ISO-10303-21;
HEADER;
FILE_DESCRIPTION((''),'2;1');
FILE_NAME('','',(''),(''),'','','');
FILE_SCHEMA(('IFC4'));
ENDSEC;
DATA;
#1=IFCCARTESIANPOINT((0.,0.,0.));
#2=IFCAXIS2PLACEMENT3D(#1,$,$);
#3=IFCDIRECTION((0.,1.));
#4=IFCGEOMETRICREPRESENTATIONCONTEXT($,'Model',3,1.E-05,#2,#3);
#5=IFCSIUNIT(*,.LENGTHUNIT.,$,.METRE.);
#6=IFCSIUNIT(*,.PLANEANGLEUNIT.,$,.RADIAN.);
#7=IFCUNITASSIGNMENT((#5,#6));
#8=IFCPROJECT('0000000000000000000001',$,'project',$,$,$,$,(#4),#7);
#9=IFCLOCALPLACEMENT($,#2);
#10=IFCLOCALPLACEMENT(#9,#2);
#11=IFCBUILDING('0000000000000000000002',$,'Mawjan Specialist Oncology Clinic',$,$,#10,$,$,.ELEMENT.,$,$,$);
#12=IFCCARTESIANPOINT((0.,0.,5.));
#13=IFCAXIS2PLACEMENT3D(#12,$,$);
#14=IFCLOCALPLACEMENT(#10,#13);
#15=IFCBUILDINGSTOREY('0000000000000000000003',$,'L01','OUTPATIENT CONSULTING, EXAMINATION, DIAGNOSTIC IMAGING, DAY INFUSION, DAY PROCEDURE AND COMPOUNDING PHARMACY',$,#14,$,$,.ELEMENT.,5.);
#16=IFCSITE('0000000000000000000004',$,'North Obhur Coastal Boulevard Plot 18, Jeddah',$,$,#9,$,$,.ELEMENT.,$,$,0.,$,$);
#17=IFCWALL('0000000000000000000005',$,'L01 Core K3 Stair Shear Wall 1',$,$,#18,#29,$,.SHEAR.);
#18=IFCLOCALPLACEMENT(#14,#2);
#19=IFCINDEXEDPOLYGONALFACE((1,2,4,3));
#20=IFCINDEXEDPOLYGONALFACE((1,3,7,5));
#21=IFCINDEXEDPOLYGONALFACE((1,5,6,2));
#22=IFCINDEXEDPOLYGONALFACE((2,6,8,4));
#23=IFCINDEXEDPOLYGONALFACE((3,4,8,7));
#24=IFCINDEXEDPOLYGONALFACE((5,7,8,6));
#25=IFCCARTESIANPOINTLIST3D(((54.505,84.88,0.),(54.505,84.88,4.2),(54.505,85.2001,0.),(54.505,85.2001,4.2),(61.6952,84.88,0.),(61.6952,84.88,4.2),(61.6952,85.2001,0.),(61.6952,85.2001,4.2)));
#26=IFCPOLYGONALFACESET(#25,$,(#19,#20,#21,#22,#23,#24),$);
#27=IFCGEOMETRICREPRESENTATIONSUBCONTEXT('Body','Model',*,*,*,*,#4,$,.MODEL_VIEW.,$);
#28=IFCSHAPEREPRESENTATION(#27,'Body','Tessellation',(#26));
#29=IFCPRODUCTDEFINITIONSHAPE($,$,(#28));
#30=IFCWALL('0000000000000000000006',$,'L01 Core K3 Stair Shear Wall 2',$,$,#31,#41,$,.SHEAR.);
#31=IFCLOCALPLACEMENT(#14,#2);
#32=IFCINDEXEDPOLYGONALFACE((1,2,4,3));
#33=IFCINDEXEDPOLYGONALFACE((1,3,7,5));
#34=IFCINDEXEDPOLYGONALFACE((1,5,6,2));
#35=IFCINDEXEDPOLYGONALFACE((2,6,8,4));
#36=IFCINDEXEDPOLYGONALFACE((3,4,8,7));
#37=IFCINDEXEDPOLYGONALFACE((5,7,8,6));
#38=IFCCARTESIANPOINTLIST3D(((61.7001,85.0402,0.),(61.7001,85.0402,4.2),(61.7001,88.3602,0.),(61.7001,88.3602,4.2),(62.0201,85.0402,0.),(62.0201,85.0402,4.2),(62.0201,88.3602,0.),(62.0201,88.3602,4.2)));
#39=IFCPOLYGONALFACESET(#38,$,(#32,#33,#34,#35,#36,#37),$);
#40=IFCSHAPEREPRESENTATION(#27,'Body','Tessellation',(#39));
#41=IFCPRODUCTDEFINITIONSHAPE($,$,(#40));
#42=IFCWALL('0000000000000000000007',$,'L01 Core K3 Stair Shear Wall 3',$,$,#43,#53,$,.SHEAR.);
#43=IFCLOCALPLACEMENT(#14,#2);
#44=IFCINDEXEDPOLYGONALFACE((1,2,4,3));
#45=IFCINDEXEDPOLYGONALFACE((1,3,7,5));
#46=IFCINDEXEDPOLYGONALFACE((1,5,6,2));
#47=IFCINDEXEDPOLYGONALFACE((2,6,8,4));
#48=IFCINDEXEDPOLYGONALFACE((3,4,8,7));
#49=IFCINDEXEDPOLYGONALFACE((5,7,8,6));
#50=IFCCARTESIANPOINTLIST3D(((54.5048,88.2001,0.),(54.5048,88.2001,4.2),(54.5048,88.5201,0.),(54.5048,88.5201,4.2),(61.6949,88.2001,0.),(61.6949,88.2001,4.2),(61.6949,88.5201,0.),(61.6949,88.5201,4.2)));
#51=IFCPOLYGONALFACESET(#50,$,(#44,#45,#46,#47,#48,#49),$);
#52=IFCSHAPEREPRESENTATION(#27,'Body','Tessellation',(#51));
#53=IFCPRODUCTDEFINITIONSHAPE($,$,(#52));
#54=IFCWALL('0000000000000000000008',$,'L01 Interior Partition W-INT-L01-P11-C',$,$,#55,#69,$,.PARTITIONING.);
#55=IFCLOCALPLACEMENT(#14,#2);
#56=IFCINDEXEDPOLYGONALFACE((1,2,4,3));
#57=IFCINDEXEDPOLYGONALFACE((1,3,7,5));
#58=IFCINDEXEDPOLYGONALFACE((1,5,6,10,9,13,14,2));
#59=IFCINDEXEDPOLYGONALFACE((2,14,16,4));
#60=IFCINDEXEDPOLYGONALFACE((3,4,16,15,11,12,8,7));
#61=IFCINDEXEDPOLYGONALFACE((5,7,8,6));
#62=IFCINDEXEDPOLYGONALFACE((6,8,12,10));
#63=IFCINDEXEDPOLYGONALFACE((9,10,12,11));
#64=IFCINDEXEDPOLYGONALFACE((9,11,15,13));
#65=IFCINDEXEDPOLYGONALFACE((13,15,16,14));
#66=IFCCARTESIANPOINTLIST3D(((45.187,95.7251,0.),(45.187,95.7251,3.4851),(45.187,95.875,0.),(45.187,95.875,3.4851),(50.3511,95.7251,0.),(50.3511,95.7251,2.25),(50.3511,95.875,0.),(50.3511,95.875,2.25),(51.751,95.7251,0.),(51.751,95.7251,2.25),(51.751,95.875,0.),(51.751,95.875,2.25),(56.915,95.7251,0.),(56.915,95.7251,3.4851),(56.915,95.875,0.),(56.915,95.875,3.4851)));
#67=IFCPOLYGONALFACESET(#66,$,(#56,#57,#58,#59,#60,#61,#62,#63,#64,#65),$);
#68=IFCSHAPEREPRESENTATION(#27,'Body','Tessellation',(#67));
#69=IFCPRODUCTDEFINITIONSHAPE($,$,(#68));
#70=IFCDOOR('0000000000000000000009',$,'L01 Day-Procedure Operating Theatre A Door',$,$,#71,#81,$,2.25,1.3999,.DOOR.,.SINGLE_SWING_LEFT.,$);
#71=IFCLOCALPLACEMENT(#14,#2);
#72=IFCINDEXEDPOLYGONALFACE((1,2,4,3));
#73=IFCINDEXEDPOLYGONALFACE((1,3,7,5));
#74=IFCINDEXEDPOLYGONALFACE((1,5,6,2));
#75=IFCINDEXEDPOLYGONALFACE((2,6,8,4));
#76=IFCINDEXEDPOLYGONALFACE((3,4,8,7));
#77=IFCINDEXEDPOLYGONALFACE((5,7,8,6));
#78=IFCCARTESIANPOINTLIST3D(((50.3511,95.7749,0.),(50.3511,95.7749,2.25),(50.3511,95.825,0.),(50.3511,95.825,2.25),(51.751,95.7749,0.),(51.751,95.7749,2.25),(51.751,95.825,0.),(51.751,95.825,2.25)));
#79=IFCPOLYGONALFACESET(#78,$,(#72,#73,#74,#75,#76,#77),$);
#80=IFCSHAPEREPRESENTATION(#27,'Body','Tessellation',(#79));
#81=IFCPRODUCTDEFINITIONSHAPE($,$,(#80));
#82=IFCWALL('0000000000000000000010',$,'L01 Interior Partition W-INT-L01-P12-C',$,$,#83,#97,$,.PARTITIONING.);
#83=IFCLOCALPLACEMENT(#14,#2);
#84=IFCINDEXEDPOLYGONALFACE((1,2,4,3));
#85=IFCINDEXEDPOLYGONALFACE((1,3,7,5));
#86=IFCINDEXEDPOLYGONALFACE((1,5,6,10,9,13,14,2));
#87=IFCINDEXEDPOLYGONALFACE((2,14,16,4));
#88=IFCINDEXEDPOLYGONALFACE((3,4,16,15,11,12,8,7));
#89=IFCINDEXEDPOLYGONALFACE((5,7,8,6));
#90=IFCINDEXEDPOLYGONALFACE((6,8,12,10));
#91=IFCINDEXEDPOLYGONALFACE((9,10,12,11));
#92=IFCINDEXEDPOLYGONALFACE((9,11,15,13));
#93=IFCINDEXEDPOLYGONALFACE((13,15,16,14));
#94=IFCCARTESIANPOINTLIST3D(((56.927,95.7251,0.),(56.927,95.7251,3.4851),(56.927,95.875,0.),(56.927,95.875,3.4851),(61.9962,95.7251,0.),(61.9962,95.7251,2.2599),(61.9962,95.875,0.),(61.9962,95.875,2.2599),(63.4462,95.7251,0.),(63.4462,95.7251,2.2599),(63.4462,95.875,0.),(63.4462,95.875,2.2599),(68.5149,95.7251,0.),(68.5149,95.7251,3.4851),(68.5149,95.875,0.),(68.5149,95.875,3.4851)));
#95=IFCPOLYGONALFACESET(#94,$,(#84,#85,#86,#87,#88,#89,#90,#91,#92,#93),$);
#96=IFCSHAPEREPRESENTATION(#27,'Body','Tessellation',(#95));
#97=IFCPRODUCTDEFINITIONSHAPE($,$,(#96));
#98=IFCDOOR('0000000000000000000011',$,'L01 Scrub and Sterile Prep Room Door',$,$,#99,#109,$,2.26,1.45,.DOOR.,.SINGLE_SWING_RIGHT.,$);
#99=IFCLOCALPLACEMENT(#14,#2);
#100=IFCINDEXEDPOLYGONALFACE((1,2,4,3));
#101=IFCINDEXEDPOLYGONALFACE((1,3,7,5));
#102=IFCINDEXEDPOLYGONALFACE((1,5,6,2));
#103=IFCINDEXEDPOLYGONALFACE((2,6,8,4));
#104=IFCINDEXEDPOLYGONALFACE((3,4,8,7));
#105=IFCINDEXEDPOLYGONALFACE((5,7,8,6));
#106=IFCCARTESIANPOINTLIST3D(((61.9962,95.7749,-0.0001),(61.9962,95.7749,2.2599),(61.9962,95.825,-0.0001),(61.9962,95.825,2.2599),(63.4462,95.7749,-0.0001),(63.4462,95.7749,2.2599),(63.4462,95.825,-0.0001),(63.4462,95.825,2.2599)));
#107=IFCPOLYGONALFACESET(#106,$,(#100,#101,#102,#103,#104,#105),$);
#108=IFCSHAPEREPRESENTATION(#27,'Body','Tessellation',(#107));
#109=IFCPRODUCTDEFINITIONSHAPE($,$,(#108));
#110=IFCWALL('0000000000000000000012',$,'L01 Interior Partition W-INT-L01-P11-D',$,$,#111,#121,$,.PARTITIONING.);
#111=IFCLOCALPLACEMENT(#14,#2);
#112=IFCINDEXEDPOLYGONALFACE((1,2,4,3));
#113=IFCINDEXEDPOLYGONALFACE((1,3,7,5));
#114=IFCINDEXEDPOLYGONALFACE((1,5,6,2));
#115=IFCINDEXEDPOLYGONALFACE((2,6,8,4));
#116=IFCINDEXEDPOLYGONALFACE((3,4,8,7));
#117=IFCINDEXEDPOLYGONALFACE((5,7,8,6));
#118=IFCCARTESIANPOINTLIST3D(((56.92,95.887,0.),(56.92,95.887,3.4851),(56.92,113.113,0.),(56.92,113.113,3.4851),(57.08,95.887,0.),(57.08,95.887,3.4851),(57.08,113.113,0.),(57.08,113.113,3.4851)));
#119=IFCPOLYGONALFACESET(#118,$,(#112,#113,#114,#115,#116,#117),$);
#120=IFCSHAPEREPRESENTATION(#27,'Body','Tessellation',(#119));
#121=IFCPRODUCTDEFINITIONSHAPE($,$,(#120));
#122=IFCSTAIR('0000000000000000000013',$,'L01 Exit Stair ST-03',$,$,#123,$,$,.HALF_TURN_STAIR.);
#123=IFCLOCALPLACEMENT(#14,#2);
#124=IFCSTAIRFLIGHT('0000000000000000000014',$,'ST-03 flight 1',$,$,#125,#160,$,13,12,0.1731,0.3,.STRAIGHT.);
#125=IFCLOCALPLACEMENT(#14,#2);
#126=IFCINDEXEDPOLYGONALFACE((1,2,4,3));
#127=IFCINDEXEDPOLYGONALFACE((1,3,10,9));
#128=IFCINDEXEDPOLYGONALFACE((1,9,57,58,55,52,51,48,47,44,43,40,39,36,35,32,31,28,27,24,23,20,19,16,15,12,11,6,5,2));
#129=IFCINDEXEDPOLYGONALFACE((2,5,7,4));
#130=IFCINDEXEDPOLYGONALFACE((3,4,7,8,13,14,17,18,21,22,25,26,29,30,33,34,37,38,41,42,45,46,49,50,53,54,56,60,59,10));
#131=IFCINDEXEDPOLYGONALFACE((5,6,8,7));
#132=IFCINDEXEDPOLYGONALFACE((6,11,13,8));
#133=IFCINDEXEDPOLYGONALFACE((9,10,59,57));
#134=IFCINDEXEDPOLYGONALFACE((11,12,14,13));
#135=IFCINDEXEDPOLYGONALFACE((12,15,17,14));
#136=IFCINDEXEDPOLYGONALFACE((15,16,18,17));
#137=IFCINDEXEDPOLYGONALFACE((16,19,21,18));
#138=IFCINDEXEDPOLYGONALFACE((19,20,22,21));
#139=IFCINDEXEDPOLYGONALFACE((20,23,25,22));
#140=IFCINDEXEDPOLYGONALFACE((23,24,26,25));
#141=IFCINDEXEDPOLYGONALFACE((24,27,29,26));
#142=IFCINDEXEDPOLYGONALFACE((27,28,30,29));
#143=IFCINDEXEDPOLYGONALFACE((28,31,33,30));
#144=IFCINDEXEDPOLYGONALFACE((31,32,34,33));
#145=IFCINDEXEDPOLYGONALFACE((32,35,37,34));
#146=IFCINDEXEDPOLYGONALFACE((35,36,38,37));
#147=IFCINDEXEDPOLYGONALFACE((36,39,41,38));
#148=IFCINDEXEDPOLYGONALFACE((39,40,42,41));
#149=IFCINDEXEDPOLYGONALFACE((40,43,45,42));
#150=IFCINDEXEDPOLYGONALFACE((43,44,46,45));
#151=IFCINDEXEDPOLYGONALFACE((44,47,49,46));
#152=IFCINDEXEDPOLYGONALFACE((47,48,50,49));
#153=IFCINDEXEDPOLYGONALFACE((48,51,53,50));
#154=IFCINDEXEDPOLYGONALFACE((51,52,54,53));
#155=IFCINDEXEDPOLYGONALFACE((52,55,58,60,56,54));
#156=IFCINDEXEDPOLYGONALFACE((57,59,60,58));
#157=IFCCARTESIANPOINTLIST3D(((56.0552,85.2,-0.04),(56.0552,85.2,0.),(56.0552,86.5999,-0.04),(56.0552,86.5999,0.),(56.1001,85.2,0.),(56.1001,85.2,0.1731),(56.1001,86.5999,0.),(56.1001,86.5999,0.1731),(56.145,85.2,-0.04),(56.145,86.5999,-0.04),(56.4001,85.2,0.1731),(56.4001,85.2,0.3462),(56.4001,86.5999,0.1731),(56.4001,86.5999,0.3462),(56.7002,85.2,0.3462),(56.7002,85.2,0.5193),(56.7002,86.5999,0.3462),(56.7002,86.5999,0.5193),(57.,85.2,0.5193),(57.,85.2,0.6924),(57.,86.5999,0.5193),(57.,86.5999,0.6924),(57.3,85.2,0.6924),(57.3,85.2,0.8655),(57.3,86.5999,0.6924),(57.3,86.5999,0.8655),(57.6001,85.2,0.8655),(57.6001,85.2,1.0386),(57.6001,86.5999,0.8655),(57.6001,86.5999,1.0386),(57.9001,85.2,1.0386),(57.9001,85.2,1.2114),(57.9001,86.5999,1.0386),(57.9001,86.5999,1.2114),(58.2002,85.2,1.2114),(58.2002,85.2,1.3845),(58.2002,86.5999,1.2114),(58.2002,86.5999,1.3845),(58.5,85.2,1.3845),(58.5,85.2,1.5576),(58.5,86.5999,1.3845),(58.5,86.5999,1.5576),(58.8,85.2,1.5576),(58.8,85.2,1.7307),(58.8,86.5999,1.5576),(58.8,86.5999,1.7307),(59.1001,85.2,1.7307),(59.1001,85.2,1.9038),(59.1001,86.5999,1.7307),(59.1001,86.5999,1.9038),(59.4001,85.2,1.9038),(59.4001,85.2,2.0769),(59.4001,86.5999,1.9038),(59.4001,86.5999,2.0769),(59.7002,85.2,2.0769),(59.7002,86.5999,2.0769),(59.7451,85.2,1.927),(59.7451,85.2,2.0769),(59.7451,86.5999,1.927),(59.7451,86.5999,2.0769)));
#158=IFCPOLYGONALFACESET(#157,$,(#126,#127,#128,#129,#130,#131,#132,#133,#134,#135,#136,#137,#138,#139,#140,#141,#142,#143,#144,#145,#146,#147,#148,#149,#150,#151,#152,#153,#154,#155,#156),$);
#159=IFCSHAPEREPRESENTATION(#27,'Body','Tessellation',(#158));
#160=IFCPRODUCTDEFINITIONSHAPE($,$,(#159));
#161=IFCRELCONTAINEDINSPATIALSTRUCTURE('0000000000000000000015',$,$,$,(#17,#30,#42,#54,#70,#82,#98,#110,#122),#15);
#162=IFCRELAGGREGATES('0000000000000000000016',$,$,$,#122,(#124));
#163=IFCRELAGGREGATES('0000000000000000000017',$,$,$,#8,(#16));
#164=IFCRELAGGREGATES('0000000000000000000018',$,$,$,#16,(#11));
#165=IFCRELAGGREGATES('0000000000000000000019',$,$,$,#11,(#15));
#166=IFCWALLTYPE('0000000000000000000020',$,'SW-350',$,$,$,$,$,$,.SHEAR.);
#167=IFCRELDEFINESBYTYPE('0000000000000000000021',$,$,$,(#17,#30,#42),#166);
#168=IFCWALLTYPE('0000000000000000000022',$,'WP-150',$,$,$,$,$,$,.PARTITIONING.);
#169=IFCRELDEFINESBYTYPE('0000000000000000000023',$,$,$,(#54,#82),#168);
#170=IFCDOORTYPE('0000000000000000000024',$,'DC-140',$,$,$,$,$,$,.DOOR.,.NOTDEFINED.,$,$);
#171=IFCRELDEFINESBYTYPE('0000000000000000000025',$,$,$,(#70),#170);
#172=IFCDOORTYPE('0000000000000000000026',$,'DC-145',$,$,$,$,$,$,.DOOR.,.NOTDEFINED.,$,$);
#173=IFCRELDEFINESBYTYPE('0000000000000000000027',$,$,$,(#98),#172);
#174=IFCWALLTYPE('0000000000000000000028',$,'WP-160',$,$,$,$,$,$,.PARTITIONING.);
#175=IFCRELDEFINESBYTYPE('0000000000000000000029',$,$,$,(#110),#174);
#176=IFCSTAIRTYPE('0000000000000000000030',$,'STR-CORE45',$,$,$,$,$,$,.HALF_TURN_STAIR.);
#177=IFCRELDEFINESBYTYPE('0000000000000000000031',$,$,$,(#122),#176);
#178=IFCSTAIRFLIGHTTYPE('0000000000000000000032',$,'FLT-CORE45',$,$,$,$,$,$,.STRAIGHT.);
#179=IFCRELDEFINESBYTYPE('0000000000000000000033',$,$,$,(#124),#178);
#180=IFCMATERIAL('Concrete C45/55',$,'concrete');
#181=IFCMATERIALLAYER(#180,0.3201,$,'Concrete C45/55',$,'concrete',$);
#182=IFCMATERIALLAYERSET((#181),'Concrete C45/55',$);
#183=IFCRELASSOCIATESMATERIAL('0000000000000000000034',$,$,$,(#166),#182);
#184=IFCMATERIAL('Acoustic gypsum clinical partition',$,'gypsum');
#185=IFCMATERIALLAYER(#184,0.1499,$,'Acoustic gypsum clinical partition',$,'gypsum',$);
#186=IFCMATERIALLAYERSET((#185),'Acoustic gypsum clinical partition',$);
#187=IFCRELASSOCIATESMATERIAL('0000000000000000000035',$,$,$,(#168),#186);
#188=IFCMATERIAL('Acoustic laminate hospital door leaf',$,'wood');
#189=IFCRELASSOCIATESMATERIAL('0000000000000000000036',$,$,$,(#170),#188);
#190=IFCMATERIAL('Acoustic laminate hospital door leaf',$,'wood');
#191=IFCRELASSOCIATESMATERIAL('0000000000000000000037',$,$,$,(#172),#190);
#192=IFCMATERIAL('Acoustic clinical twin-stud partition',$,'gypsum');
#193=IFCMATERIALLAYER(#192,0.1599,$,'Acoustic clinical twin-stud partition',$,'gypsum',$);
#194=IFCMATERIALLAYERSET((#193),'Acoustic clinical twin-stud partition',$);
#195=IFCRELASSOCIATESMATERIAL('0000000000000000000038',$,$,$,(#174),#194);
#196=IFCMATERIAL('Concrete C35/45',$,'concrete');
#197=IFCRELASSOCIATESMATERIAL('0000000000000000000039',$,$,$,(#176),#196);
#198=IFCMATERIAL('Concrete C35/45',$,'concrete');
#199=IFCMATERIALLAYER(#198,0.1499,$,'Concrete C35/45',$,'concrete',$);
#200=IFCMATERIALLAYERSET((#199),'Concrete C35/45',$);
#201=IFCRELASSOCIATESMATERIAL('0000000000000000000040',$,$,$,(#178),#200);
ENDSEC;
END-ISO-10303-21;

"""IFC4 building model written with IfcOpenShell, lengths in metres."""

from ifc_helpers import new_model, si_unit, direction, frame, frame_2d, origin, place, context, subcontext, project, spatial, polyline, rectangle, outline, extrude, material, layer, layer_set, type_object, element, fill, aggregate, save


model = new_model("IFC4")

# Units and contexts
model_context = context("Model", 3, precision=1e-05, world=origin(), true_north=direction((0.0, 1.0)))
body_context = subcontext(model_context, "Body", "Model", "MODEL_VIEW")
ifc_project = project(units=[si_unit("LENGTHUNIT", "METRE"), si_unit("PLANEANGLEUNIT", "RADIAN")], contexts=[model_context])

# Site, building, storey
site_placement = place(None, origin())
site = spatial("IfcSite", under=ifc_project, at=site_placement, Name="North Obhur Coastal Boulevard Plot 18, Jeddah", CompositionType="ELEMENT", RefElevation=0.0)
building_placement = place(site_placement, origin())
building = spatial("IfcBuilding", under=site, at=building_placement, Name="Mawjan Specialist Oncology Clinic", CompositionType="ELEMENT")
storey_placement = place(building_placement, frame((0.0, 0.0, 5.0)))
storey = spatial("IfcBuildingStorey", under=building, at=storey_placement, Name="L01", Description="OUTPATIENT CONSULTING, EXAMINATION, DIAGNOSTIC IMAGING, DAY INFUSION, DAY PROCEDURE AND COMPOUNDING PHARMACY", CompositionType="ELEMENT", Elevation=5.0)

# Walls
ifc_material_1 = material(Name="Concrete C45/55", Category="concrete")
ifc_layer_1 = layer(ifc_material_1, 0.3201, Name="Concrete C45/55", Category="concrete")
ifc_layer_set_1 = layer_set([ifc_layer_1], Name="Concrete C45/55")
wall_type_1 = type_object("IfcWallType", Name="SW-350", PredefinedType="SHEAR", material=ifc_layer_set_1)
wall_1_placement = place(storey_placement, frame((54.5049, 85.04, 0.0), z_axis=(0.0, 0.0, 1.0), x_axis=(1.0, 0.0, 0.0)))
element("IfcWall", 1, at=wall_1_placement, inside=storey, type_object=wall_type_1, Name="L01 Core K3 Stair Shear Wall 1", PredefinedType="SHEAR", context=body_context, shape_type="SweptSolid", body=[
    extrude(rectangle(XDim=7.1902, YDim=0.3201, at=frame_2d((3.5952, 0.0))), origin(), (0.0, 0.0, 1.0), 4.2),
])
wall_2_placement = place(storey_placement, frame((61.8601, 85.04, 0.0), z_axis=(0.0, 0.0, 1.0), x_axis=(0.0, 1.0, 0.0)))
element("IfcWall", 2, at=wall_2_placement, inside=storey, type_object=wall_type_1, Name="L01 Core K3 Stair Shear Wall 2", PredefinedType="SHEAR", context=body_context, shape_type="SweptSolid", body=[
    extrude(rectangle(XDim=3.3201, YDim=0.3201, at=frame_2d((1.6602, 0.0))), origin(), (0.0, 0.0, 1.0), 4.2),
])
wall_3_placement = place(storey_placement, frame((61.6951, 88.3601, 0.0), z_axis=(0.0, 0.0, 1.0), x_axis=(-1.0, 0.0, 0.0)))
element("IfcWall", 3, at=wall_3_placement, inside=storey, type_object=wall_type_1, Name="L01 Core K3 Stair Shear Wall 3", PredefinedType="SHEAR", context=body_context, shape_type="SweptSolid", body=[
    extrude(rectangle(XDim=7.1902, YDim=0.3201, at=frame_2d((3.5952, 0.0))), origin(), (0.0, 0.0, 1.0), 4.2),
])

# Walls, openings, doors
ifc_material_2 = material(Name="Acoustic gypsum clinical partition", Category="gypsum")
ifc_layer_2 = layer(ifc_material_2, 0.1499, Name="Acoustic gypsum clinical partition", Category="gypsum")
ifc_layer_set_2 = layer_set([ifc_layer_2], Name="Acoustic gypsum clinical partition")
wall_type_2 = type_object("IfcWallType", Name="WP-150", PredefinedType="PARTITIONING", material=ifc_layer_set_2)
wall_4_placement = place(storey_placement, frame((45.187, 95.8, 0.0), z_axis=(0.0, 0.0, 1.0), x_axis=(1.0, 0.0, 0.0)))
wall_4 = element("IfcWall", 4, at=wall_4_placement, inside=storey, type_object=wall_type_2, Name="L01 Interior Partition W-INT-L01-P11-C", PredefinedType="PARTITIONING", context=body_context, shape_type="SweptSolid", body=[
    extrude(rectangle(XDim=11.728, YDim=0.1499, at=frame_2d((5.864, 0.0))), origin(), (0.0, 0.0, 1.0), 3.4851),
])
opening_1_placement = place(wall_4_placement, frame((5.1641, 0.0, 0.0)))
opening_1 = element("IfcOpeningElement", 5, at=opening_1_placement, cuts=wall_4, PredefinedType="OPENING", context=body_context, shape_type="SweptSolid", body=[
    extrude(rectangle(XDim=1.3999, YDim=2.25, at=frame_2d((0.7, 1.125))), frame((0.0, 0.0869, 0.0), z_axis=(0.0, -1.0, 0.0), x_axis=(1.0, 0.0, 0.0)), (0.0, 0.0, 1.0), 0.1738),
])
ifc_material_3 = material(Name="Acoustic laminate hospital door leaf", Category="wood")
door_type_1 = type_object("IfcDoorType", Name="DC-140", OperationType="NOTDEFINED", PredefinedType="DOOR", material=ifc_material_3)
door_1_placement = place(opening_1_placement, origin())
door_1 = element("IfcDoor", 6, at=door_1_placement, inside=storey, type_object=door_type_1, Name="L01 Day-Procedure Operating Theatre A Door", OperationType="SINGLE_SWING_LEFT", OverallHeight=2.25, OverallWidth=1.3999, PredefinedType="DOOR", context=body_context, shape_type="SweptSolid", body=[
    extrude(rectangle(XDim=1.3999, YDim=2.25, at=frame_2d((0.7, 1.125))), frame((0.0, 0.0249, 0.0), z_axis=(0.0, -1.0, 0.0), x_axis=(1.0, 0.0, 0.0)), (0.0, 0.0, 1.0), 0.05),
])
fill(opening_1, door_1)
wall_5_placement = place(storey_placement, frame((56.927, 95.8, 0.0), z_axis=(0.0, 0.0, 1.0), x_axis=(1.0, 0.0, 0.0)))
wall_5 = element("IfcWall", 7, at=wall_5_placement, inside=storey, type_object=wall_type_2, Name="L01 Interior Partition W-INT-L01-P12-C", PredefinedType="PARTITIONING", context=body_context, shape_type="SweptSolid", body=[
    extrude(rectangle(XDim=11.5879, YDim=0.1499, at=frame_2d((5.7939, 0.0))), origin(), (0.0, 0.0, 1.0), 3.4851),
])
opening_2_placement = place(wall_5_placement, frame((5.0691, 0.0, 0.0)))
opening_2 = element("IfcOpeningElement", 8, at=opening_2_placement, cuts=wall_5, PredefinedType="OPENING", context=body_context, shape_type="SweptSolid", body=[
    extrude(rectangle(XDim=1.45, YDim=2.26, at=frame_2d((0.7251, 1.1299))), frame((0.0, 0.0869, 0.0), z_axis=(0.0, -1.0, 0.0), x_axis=(1.0, 0.0, 0.0)), (0.0, 0.0, 1.0), 0.1738),
])
ifc_material_4 = material(Name="Acoustic laminate hospital door leaf", Category="wood")
door_type_2 = type_object("IfcDoorType", Name="DC-145", OperationType="NOTDEFINED", PredefinedType="DOOR", material=ifc_material_4)
door_2_placement = place(opening_2_placement, origin())
door_2 = element("IfcDoor", 9, at=door_2_placement, inside=storey, type_object=door_type_2, Name="L01 Scrub and Sterile Prep Room Door", OperationType="SINGLE_SWING_RIGHT", OverallHeight=2.26, OverallWidth=1.45, PredefinedType="DOOR", context=body_context, shape_type="SweptSolid", body=[
    extrude(rectangle(XDim=1.45, YDim=2.26, at=frame_2d((0.7251, 1.1299))), frame((0.0, 0.0249, 0.0), z_axis=(0.0, -1.0, 0.0), x_axis=(1.0, 0.0, 0.0)), (0.0, 0.0, 1.0), 0.05),
])
fill(opening_2, door_2)

# Wall
ifc_material_5 = material(Name="Acoustic clinical twin-stud partition", Category="gypsum")
ifc_layer_3 = layer(ifc_material_5, 0.1599, Name="Acoustic clinical twin-stud partition", Category="gypsum")
ifc_layer_set_3 = layer_set([ifc_layer_3], Name="Acoustic clinical twin-stud partition")
wall_type_3 = type_object("IfcWallType", Name="WP-160", PredefinedType="PARTITIONING", material=ifc_layer_set_3)
wall_6_placement = place(storey_placement, frame((57.0, 95.887, 0.0), z_axis=(0.0, 0.0, 1.0), x_axis=(0.0, 1.0, 0.0)))
element("IfcWall", 10, at=wall_6_placement, inside=storey, type_object=wall_type_3, Name="L01 Interior Partition W-INT-L01-P11-D", PredefinedType="PARTITIONING", context=body_context, shape_type="SweptSolid", body=[
    extrude(rectangle(XDim=17.2261, YDim=0.1599, at=frame_2d((8.613, 0.0))), origin(), (0.0, 0.0, 1.0), 3.4851),
])

# Stair, stair flight
ifc_material_6 = material(Name="Concrete C35/45", Category="concrete")
stair_type = type_object("IfcStairType", Name="STR-CORE45", PredefinedType="HALF_TURN_STAIR", material=ifc_material_6)
stair_placement = place(storey_placement, origin())
stair = element("IfcStair", 11, at=stair_placement, inside=storey, type_object=stair_type, Name="L01 Exit Stair ST-03", PredefinedType="HALF_TURN_STAIR")
ifc_material_7 = material(Name="Concrete C35/45", Category="concrete")
ifc_layer_4 = layer(ifc_material_7, 0.1499, Name="Concrete C35/45", Category="concrete")
ifc_layer_set_4 = layer_set([ifc_layer_4], Name="Concrete C35/45")
stair_flight_type = type_object("IfcStairFlightType", Name="FLT-CORE45", PredefinedType="STRAIGHT", material=ifc_layer_set_4)
stair_flight_1_placement = place(storey_placement, frame((56.1001, 85.8999, 0.0), z_axis=(0.0, 0.0, 1.0), x_axis=(1.0, 0.0, 0.0)))
stair_flight_1 = element("IfcStairFlight", 12, at=stair_flight_1_placement, type_object=stair_flight_type, Name="ST-03 flight 1", NumberOfRisers=13, NumberOfTreads=12, PredefinedType="STRAIGHT", RiserHeight=0.1731, TreadLength=0.3, context=body_context, shape_type="SweptSolid", body=[
    extrude(outline(polyline([(-0.0449, -0.04), (-0.0449, 0.0), (0.0, 0.0), (0.0, 0.1731), (0.3, 0.1731), (0.3, 0.3462), (0.6001, 0.3462), (0.6001, 0.5193), (0.8999, 0.5193), (0.8999, 0.6924), (1.2, 0.6924), (1.2, 0.8655), (1.5, 0.8655), (1.5, 1.0386), (1.8, 1.0386), (1.8, 1.2114), (2.1001, 1.2114), (2.1001, 1.3845), (2.3999, 1.3845), (2.3999, 1.5576), (2.7, 1.5576), (2.7, 1.7307), (3.0, 1.7307), (3.0, 1.9038), (3.3, 1.9038), (3.3, 2.0769), (3.6001, 2.0769), (3.645, 2.0769), (3.645, 1.927), (0.0449, -0.04), (-0.0449, -0.04)])), frame((0.0, 0.7, 0.0), z_axis=(0.0, -1.0, 0.0), x_axis=(1.0, 0.0, 0.0)), (0.0, 0.0, 1.0), 1.3999),
])
aggregate(stair, [stair_flight_1])

save(model, "model.ifc")
